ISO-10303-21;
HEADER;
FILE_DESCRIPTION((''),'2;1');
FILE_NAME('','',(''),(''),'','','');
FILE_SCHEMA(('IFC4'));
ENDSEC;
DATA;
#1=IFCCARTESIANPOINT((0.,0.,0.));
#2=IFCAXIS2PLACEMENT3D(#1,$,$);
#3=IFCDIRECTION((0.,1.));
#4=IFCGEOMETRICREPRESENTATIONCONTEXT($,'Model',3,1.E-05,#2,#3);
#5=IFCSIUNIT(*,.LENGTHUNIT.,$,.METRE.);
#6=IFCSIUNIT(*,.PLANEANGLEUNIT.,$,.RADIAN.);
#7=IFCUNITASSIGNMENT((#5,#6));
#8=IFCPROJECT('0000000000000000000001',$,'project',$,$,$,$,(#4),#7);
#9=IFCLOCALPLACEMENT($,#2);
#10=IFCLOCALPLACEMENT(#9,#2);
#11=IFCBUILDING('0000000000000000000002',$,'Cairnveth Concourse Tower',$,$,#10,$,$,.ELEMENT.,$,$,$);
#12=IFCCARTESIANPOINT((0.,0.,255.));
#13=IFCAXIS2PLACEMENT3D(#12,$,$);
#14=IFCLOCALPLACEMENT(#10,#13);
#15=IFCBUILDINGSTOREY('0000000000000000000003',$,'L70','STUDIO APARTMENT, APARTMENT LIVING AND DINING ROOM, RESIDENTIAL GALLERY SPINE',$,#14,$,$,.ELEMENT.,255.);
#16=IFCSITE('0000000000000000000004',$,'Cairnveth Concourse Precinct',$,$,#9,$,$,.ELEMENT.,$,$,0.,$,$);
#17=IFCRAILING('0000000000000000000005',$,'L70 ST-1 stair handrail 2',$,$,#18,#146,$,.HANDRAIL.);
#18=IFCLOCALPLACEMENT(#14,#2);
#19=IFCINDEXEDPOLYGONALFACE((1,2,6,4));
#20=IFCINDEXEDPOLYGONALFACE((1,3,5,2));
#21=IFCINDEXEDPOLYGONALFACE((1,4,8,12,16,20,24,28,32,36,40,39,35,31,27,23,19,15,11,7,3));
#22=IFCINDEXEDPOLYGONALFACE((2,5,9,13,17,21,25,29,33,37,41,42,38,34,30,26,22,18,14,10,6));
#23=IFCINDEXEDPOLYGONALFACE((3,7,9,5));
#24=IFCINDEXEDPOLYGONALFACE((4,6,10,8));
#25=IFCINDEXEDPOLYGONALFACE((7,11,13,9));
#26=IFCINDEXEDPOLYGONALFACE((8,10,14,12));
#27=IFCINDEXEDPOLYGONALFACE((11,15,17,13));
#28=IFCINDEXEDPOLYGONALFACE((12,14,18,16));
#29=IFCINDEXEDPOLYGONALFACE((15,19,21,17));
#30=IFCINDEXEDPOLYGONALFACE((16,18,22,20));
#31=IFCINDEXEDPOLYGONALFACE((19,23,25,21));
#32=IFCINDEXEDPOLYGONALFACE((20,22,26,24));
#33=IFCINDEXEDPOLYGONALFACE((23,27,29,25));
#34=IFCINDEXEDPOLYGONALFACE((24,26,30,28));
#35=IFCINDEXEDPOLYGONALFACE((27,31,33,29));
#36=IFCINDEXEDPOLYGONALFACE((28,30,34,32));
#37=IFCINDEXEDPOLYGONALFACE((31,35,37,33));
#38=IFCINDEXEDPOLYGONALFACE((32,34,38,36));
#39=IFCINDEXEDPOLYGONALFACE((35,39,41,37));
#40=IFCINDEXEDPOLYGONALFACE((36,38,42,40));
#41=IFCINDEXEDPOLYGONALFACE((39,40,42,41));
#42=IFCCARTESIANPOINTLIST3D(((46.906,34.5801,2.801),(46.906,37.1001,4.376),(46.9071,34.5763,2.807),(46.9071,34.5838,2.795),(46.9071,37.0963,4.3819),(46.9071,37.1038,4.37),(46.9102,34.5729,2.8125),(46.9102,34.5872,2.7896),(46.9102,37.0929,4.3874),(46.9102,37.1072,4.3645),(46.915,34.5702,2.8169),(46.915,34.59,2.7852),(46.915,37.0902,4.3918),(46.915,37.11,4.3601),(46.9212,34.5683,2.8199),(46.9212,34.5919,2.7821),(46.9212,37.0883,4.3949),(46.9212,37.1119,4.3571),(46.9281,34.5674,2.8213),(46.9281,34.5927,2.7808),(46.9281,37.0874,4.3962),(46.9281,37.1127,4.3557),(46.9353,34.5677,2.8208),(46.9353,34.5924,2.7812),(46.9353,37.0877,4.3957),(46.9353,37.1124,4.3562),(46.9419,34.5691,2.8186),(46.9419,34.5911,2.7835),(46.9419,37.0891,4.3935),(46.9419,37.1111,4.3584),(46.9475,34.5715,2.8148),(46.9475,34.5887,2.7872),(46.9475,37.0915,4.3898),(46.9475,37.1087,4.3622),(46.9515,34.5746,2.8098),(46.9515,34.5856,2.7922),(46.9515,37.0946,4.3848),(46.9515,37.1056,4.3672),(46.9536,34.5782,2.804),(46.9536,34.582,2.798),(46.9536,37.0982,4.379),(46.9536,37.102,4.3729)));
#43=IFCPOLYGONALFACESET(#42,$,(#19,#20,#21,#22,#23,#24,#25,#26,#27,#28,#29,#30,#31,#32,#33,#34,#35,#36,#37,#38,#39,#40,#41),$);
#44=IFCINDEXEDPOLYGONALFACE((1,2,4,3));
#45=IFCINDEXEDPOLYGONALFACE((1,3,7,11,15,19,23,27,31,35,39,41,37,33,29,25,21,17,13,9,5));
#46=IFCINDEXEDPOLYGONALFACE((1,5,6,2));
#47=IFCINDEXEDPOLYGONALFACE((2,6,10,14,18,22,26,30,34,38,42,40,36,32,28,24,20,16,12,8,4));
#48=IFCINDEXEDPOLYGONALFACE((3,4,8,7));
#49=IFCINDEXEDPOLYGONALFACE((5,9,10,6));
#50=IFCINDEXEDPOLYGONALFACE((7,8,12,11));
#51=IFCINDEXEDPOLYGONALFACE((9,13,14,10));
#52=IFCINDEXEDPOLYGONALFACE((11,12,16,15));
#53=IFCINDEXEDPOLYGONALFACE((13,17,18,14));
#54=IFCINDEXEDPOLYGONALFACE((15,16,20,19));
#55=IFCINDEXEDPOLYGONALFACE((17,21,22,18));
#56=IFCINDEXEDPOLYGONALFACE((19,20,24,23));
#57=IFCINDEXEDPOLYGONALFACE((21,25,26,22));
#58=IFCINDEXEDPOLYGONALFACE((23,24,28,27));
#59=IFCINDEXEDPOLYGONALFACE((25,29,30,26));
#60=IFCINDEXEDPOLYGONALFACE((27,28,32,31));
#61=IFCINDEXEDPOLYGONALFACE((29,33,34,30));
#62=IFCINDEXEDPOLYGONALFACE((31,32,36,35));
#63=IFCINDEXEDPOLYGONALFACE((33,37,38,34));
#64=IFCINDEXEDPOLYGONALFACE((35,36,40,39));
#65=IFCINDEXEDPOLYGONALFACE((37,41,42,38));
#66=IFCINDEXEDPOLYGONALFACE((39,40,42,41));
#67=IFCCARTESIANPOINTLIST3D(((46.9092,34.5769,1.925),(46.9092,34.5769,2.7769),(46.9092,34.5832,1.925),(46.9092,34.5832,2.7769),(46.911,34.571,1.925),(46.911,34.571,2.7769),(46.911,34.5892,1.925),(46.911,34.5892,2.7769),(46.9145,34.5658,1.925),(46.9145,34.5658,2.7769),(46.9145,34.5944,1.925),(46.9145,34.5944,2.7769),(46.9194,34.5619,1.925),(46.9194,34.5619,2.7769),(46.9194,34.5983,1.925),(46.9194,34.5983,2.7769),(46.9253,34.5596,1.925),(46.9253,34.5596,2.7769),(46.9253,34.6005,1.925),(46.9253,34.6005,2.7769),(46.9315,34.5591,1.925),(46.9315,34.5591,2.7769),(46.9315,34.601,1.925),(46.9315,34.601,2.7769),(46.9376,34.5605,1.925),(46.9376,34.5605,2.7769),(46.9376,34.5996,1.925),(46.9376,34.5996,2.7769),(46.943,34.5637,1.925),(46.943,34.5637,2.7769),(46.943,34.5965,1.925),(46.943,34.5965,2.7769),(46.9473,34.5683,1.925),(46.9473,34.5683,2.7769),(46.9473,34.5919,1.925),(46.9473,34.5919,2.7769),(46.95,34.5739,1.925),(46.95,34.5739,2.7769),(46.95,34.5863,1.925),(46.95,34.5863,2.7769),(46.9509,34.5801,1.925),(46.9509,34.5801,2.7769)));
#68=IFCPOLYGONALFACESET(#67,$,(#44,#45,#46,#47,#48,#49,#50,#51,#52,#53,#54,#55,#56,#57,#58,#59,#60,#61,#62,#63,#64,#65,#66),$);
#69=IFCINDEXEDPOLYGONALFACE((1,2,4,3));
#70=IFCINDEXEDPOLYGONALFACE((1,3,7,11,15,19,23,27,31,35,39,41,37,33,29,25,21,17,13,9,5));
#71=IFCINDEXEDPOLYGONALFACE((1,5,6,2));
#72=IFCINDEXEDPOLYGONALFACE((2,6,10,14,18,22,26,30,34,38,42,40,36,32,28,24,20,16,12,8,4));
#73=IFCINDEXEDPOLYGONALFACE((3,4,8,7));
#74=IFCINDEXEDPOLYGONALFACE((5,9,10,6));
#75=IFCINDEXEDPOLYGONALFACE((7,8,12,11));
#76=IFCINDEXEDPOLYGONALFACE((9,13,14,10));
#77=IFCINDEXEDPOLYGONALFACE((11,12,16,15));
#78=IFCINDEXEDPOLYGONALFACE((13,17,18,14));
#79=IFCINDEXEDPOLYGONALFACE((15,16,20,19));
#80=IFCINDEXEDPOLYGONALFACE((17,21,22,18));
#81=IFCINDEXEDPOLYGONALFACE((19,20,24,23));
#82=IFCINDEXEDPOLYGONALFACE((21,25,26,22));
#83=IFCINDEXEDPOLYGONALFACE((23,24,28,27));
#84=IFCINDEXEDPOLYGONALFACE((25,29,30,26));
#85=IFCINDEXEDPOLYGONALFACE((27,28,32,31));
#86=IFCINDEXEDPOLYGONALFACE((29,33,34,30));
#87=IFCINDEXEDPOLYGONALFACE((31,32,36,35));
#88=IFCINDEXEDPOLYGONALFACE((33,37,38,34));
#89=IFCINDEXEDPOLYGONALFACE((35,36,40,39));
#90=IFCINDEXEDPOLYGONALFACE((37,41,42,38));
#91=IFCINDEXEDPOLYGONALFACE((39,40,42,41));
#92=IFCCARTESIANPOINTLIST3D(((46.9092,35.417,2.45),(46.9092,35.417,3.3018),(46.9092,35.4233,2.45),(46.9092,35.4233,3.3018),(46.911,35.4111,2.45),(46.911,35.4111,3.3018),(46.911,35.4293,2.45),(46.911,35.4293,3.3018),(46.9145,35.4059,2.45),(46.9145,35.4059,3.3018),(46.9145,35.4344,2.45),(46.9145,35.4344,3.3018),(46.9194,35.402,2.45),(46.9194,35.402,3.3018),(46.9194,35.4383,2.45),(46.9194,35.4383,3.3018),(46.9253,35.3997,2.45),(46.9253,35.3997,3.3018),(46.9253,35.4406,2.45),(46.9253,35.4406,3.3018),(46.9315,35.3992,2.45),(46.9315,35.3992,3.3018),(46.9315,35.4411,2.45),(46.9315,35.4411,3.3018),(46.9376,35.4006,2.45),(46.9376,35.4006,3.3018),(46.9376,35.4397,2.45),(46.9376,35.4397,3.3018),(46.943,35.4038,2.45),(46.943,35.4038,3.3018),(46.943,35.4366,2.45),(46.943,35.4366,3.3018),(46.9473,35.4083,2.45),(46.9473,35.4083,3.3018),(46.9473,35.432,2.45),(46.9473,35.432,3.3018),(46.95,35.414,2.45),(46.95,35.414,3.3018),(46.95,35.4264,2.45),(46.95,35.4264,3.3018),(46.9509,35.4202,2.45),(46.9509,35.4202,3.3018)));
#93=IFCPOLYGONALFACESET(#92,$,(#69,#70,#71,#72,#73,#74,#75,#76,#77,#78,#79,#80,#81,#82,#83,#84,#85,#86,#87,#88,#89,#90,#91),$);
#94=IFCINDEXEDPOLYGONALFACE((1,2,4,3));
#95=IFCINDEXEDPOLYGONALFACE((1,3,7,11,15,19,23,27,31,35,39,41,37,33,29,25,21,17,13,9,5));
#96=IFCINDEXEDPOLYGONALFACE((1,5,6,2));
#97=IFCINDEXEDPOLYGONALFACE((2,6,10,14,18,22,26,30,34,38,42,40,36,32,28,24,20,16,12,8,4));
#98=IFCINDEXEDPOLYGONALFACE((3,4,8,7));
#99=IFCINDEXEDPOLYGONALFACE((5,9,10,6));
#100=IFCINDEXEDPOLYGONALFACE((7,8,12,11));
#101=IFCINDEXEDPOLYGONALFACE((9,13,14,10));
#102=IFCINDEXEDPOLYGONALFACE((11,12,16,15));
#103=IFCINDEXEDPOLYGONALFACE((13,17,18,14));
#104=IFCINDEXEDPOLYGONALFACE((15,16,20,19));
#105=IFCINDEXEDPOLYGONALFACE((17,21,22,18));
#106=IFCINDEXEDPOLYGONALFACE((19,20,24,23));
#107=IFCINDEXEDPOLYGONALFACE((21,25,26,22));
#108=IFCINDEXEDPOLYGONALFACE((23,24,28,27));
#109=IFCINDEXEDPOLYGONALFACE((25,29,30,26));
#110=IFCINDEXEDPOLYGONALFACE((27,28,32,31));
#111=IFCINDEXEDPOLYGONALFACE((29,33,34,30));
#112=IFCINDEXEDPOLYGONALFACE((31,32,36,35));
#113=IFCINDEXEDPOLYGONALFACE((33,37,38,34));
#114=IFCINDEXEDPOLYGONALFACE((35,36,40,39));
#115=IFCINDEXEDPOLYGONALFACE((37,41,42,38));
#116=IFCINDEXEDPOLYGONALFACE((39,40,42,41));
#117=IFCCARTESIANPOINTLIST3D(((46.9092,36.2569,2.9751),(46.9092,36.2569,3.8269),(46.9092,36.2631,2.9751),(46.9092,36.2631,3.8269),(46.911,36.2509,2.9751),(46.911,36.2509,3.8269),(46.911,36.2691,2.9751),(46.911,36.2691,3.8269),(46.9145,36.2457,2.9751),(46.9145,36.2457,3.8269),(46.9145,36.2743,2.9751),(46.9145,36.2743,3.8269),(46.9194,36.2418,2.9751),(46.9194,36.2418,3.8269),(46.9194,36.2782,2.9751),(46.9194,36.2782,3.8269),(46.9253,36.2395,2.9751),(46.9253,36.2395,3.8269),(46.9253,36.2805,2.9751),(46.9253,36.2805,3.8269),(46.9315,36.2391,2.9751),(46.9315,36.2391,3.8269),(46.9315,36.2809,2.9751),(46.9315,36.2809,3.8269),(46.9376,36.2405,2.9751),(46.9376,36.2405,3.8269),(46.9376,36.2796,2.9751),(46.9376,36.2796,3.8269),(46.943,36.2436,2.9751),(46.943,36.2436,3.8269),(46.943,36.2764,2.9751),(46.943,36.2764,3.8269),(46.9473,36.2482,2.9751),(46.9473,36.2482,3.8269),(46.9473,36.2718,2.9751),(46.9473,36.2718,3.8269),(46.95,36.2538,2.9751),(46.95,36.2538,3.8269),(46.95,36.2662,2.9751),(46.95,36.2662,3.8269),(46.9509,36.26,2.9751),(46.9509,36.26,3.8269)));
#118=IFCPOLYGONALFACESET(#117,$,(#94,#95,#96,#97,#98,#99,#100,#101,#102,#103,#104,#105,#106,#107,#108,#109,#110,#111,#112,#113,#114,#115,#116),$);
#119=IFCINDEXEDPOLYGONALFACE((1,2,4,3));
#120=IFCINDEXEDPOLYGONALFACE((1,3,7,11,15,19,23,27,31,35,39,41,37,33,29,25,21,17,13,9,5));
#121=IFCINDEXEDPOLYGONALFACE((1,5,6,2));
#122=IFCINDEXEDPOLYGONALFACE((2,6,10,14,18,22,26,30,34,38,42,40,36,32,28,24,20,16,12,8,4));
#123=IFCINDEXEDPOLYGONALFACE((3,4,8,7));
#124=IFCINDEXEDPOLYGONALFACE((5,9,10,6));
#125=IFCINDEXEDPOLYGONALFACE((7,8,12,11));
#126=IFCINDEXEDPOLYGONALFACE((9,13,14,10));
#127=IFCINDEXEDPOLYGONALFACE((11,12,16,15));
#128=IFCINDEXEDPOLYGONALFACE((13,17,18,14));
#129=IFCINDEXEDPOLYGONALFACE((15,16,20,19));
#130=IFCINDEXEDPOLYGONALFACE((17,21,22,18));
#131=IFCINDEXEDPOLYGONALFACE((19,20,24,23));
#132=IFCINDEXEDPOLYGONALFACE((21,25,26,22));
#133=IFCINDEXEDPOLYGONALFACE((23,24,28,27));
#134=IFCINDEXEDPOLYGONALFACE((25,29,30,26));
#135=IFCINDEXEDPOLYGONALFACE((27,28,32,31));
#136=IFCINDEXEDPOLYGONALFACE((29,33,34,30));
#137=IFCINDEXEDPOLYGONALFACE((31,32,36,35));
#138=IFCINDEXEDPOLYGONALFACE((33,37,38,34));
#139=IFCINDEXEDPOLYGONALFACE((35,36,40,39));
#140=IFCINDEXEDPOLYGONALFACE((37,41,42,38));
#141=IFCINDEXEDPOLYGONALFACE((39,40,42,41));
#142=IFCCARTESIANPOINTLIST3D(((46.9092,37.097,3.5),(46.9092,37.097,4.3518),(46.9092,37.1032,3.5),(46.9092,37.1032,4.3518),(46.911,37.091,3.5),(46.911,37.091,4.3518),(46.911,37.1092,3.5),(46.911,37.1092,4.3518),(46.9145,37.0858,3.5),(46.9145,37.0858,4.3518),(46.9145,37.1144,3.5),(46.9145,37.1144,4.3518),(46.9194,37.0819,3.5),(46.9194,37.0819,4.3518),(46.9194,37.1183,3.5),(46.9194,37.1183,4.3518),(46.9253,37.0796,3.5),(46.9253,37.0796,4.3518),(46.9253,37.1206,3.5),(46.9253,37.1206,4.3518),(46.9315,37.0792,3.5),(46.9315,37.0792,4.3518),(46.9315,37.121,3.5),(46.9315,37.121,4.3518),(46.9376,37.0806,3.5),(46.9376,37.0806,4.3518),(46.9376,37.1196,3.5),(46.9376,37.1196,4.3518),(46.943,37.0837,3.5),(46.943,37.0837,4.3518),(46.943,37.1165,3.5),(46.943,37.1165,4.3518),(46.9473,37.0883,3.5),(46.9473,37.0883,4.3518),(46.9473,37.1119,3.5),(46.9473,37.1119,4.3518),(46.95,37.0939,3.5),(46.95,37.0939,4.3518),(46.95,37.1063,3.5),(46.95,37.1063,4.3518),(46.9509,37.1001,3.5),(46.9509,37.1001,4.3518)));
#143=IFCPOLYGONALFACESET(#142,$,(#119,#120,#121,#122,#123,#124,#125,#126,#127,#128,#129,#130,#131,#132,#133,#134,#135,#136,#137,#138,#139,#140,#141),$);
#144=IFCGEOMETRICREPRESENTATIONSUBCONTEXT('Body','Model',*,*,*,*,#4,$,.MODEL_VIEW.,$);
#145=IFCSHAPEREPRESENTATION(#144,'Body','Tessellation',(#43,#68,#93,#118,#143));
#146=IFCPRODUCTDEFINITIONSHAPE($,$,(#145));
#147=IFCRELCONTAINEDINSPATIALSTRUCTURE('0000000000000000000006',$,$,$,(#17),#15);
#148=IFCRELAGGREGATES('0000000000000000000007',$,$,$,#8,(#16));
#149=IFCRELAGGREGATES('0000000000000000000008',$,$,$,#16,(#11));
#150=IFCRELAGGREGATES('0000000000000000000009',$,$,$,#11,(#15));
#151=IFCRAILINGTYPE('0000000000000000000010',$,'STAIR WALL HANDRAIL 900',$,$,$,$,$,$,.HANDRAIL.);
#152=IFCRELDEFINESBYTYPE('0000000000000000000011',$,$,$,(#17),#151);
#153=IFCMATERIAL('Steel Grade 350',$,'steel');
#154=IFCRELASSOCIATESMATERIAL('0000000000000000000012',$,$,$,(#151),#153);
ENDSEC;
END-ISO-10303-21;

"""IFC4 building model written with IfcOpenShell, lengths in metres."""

from ifc_helpers import new_model, si_unit, direction, frame, origin, origin_2d, place, context, subcontext, project, spatial, circle, extrude, material, type_object, element, save


model = new_model("IFC4")

# Units and contexts
model_context = context("Model", 3, precision=1e-05, world=origin(), true_north=direction((0.0, 1.0)))
body_context = subcontext(model_context, "Body", "Model", "MODEL_VIEW")
ifc_project = project(units=[si_unit("LENGTHUNIT", "METRE"), si_unit("PLANEANGLEUNIT", "RADIAN")], contexts=[model_context])

# Site, building, storey
site_placement = place(None, origin())
site = spatial("IfcSite", under=ifc_project, at=site_placement, Name="Cairnveth Concourse Precinct", CompositionType="ELEMENT", RefElevation=0.0)
building_placement = place(site_placement, origin())
building = spatial("IfcBuilding", under=site, at=building_placement, Name="Cairnveth Concourse Tower", CompositionType="ELEMENT")
storey_placement = place(building_placement, frame((0.0, 0.0, 255.0)))
storey = spatial("IfcBuildingStorey", under=building, at=storey_placement, Name="L70", Description="STUDIO APARTMENT, APARTMENT LIVING AND DINING ROOM, RESIDENTIAL GALLERY SPINE", CompositionType="ELEMENT", Elevation=255.0)

# Shared definitions
ifc_material_1 = material(Name="Steel Grade 350", Category="steel")

# Railing
railing_type_1 = type_object("IfcRailingType", Name="STAIR WALL HANDRAIL 900", PredefinedType="HANDRAIL", material=ifc_material_1)
railing_1_placement = place(storey_placement, frame((46.9299, 34.5801, 1.925)))
element("IfcRailing", 1, at=railing_1_placement, inside=storey, type_object=railing_type_1, Name="L70 ST-1 stair handrail 2", PredefinedType="HANDRAIL", context=body_context, shape_type="SweptSolid", body=[
    extrude(circle(Radius=0.0239, at=origin_2d()), frame((0.0, 0.0, 0.876), z_axis=(0.0, 0.848008, 0.529984), x_axis=(-1.0, 0.0, 0.0)), (0.0, 0.0, 1.0), 2.9717),
    extrude(circle(Radius=0.021, at=origin_2d()), origin(), (0.0, 0.0, 1.0), 0.8518),
    extrude(circle(Radius=0.021, at=origin_2d()), frame((0.0, 0.8401, 0.5249)), (0.0, 0.0, 1.0), 0.8518),
    extrude(circle(Radius=0.021, at=origin_2d()), frame((0.0, 1.6799, 1.05)), (0.0, 0.0, 1.0), 0.8518),
    extrude(circle(Radius=0.021, at=origin_2d()), frame((0.0, 2.52, 1.575)), (0.0, 0.0, 1.0), 0.8518),
])

save(model, "model.ifc")
